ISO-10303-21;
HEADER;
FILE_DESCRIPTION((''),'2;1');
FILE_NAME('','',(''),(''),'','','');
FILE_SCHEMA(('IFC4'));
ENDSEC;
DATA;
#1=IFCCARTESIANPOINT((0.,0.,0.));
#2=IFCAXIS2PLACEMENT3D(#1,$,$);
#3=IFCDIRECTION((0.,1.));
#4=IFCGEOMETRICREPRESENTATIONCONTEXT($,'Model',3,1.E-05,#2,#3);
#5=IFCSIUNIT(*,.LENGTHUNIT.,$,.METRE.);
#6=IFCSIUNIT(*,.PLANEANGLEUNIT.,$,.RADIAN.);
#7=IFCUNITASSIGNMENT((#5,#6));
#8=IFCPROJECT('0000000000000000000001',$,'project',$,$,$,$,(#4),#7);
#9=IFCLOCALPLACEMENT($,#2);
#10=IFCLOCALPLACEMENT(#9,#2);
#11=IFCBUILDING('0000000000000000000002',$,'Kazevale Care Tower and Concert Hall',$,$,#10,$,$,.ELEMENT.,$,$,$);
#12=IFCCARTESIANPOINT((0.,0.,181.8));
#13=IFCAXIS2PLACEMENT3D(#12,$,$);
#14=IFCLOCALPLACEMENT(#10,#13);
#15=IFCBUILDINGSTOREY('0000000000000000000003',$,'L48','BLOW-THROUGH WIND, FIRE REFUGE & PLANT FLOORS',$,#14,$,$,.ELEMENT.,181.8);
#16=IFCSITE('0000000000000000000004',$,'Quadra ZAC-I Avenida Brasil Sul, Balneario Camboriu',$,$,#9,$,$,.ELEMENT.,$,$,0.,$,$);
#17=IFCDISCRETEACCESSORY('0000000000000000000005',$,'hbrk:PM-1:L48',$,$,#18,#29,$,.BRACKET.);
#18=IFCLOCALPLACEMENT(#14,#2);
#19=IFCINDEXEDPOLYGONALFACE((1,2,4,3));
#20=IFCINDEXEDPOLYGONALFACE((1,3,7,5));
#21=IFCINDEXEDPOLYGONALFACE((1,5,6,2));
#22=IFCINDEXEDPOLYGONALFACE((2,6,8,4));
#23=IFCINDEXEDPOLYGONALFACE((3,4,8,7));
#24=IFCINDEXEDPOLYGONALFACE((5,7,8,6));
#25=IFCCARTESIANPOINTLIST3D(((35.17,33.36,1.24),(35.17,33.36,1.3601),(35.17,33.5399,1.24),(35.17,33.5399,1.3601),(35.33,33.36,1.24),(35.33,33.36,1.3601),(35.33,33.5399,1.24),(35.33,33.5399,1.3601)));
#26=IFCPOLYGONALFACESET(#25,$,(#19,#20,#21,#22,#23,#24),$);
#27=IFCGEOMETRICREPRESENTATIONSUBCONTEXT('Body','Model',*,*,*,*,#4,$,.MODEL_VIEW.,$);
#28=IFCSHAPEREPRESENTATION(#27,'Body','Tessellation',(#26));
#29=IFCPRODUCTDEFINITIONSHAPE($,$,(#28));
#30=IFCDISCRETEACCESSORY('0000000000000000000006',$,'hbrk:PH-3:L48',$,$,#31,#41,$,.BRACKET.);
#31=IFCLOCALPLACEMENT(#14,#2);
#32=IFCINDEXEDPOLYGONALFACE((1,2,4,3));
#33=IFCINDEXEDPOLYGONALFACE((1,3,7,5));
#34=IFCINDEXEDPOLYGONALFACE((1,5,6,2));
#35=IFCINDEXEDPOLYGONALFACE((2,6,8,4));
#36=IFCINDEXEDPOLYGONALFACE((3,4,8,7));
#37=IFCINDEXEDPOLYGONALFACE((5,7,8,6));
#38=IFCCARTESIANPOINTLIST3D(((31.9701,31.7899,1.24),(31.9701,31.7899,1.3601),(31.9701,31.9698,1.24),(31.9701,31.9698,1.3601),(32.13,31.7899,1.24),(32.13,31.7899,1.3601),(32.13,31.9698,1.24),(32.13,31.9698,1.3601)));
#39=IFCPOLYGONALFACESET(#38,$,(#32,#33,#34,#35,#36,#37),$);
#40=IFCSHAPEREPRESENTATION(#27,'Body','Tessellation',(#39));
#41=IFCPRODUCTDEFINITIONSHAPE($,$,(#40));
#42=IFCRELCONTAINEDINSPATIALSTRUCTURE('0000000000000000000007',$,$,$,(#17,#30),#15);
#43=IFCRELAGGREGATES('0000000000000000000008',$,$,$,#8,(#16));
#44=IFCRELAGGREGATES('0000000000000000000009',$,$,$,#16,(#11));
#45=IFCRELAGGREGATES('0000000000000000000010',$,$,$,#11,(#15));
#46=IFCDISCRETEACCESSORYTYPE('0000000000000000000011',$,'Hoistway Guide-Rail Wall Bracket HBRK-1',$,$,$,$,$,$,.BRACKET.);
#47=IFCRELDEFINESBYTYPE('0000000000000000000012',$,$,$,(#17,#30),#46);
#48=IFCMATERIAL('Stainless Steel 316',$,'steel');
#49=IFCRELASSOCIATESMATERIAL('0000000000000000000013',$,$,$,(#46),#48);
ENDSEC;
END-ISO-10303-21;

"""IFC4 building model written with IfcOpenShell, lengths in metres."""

from ifc_helpers import new_model, si_unit, direction, frame, origin, origin_2d, place, context, subcontext, project, spatial, rectangle, extrude, material, type_object, element, save


model = new_model("IFC4")

# Units and contexts
model_context = context("Model", 3, precision=1e-05, world=origin(), true_north=direction((0.0, 1.0)))
body_context = subcontext(model_context, "Body", "Model", "MODEL_VIEW")
ifc_project = project(units=[si_unit("LENGTHUNIT", "METRE"), si_unit("PLANEANGLEUNIT", "RADIAN")], contexts=[model_context])

# Site, building, storey
site_placement = place(None, origin())
site = spatial("IfcSite", under=ifc_project, at=site_placement, Name="Quadra ZAC-I Avenida Brasil Sul, Balneario Camboriu", CompositionType="ELEMENT", RefElevation=0.0)
building_placement = place(site_placement, origin())
building = spatial("IfcBuilding", under=site, at=building_placement, Name="Kazevale Care Tower and Concert Hall", CompositionType="ELEMENT")
storey_placement = place(building_placement, frame((0.0, 0.0, 181.8)))
storey = spatial("IfcBuildingStorey", under=building, at=storey_placement, Name="L48", Description="BLOW-THROUGH WIND, FIRE REFUGE & PLANT FLOORS", CompositionType="ELEMENT", Elevation=181.8)

# Shared definitions
ifc_material_1 = material(Name="Stainless Steel 316", Category="steel")

# Discrete accessories
discrete_accessory_type = type_object("IfcDiscreteAccessoryType", Name="Hoistway Guide-Rail Wall Bracket HBRK-1", PredefinedType="BRACKET", material=ifc_material_1)
for number, where, z_axis, x_axis, name in (
    (1, (35.25, 33.45, 1.24), (0.0, 0.0, 1.0), (1.0, 0.0, 0.0), "hbrk:PM-1:L48"),
    (2, (32.05, 31.8799, 1.24), (0.0, 0.0, 1.0), (1.0, 0.0, 0.0), "hbrk:PH-3:L48"),
):
    element("IfcDiscreteAccessory", number, at=place(storey_placement, frame(where, z_axis=z_axis, x_axis=x_axis)), inside=storey, type_object=discrete_accessory_type, Name=name, PredefinedType="BRACKET", context=body_context, shape_type="SweptSolid", body=[
        extrude(rectangle(XDim=0.1599, YDim=0.1799, at=origin_2d()), origin(), (0.0, 0.0, 1.0), 0.1201),
    ])

save(model, "model.ifc")
